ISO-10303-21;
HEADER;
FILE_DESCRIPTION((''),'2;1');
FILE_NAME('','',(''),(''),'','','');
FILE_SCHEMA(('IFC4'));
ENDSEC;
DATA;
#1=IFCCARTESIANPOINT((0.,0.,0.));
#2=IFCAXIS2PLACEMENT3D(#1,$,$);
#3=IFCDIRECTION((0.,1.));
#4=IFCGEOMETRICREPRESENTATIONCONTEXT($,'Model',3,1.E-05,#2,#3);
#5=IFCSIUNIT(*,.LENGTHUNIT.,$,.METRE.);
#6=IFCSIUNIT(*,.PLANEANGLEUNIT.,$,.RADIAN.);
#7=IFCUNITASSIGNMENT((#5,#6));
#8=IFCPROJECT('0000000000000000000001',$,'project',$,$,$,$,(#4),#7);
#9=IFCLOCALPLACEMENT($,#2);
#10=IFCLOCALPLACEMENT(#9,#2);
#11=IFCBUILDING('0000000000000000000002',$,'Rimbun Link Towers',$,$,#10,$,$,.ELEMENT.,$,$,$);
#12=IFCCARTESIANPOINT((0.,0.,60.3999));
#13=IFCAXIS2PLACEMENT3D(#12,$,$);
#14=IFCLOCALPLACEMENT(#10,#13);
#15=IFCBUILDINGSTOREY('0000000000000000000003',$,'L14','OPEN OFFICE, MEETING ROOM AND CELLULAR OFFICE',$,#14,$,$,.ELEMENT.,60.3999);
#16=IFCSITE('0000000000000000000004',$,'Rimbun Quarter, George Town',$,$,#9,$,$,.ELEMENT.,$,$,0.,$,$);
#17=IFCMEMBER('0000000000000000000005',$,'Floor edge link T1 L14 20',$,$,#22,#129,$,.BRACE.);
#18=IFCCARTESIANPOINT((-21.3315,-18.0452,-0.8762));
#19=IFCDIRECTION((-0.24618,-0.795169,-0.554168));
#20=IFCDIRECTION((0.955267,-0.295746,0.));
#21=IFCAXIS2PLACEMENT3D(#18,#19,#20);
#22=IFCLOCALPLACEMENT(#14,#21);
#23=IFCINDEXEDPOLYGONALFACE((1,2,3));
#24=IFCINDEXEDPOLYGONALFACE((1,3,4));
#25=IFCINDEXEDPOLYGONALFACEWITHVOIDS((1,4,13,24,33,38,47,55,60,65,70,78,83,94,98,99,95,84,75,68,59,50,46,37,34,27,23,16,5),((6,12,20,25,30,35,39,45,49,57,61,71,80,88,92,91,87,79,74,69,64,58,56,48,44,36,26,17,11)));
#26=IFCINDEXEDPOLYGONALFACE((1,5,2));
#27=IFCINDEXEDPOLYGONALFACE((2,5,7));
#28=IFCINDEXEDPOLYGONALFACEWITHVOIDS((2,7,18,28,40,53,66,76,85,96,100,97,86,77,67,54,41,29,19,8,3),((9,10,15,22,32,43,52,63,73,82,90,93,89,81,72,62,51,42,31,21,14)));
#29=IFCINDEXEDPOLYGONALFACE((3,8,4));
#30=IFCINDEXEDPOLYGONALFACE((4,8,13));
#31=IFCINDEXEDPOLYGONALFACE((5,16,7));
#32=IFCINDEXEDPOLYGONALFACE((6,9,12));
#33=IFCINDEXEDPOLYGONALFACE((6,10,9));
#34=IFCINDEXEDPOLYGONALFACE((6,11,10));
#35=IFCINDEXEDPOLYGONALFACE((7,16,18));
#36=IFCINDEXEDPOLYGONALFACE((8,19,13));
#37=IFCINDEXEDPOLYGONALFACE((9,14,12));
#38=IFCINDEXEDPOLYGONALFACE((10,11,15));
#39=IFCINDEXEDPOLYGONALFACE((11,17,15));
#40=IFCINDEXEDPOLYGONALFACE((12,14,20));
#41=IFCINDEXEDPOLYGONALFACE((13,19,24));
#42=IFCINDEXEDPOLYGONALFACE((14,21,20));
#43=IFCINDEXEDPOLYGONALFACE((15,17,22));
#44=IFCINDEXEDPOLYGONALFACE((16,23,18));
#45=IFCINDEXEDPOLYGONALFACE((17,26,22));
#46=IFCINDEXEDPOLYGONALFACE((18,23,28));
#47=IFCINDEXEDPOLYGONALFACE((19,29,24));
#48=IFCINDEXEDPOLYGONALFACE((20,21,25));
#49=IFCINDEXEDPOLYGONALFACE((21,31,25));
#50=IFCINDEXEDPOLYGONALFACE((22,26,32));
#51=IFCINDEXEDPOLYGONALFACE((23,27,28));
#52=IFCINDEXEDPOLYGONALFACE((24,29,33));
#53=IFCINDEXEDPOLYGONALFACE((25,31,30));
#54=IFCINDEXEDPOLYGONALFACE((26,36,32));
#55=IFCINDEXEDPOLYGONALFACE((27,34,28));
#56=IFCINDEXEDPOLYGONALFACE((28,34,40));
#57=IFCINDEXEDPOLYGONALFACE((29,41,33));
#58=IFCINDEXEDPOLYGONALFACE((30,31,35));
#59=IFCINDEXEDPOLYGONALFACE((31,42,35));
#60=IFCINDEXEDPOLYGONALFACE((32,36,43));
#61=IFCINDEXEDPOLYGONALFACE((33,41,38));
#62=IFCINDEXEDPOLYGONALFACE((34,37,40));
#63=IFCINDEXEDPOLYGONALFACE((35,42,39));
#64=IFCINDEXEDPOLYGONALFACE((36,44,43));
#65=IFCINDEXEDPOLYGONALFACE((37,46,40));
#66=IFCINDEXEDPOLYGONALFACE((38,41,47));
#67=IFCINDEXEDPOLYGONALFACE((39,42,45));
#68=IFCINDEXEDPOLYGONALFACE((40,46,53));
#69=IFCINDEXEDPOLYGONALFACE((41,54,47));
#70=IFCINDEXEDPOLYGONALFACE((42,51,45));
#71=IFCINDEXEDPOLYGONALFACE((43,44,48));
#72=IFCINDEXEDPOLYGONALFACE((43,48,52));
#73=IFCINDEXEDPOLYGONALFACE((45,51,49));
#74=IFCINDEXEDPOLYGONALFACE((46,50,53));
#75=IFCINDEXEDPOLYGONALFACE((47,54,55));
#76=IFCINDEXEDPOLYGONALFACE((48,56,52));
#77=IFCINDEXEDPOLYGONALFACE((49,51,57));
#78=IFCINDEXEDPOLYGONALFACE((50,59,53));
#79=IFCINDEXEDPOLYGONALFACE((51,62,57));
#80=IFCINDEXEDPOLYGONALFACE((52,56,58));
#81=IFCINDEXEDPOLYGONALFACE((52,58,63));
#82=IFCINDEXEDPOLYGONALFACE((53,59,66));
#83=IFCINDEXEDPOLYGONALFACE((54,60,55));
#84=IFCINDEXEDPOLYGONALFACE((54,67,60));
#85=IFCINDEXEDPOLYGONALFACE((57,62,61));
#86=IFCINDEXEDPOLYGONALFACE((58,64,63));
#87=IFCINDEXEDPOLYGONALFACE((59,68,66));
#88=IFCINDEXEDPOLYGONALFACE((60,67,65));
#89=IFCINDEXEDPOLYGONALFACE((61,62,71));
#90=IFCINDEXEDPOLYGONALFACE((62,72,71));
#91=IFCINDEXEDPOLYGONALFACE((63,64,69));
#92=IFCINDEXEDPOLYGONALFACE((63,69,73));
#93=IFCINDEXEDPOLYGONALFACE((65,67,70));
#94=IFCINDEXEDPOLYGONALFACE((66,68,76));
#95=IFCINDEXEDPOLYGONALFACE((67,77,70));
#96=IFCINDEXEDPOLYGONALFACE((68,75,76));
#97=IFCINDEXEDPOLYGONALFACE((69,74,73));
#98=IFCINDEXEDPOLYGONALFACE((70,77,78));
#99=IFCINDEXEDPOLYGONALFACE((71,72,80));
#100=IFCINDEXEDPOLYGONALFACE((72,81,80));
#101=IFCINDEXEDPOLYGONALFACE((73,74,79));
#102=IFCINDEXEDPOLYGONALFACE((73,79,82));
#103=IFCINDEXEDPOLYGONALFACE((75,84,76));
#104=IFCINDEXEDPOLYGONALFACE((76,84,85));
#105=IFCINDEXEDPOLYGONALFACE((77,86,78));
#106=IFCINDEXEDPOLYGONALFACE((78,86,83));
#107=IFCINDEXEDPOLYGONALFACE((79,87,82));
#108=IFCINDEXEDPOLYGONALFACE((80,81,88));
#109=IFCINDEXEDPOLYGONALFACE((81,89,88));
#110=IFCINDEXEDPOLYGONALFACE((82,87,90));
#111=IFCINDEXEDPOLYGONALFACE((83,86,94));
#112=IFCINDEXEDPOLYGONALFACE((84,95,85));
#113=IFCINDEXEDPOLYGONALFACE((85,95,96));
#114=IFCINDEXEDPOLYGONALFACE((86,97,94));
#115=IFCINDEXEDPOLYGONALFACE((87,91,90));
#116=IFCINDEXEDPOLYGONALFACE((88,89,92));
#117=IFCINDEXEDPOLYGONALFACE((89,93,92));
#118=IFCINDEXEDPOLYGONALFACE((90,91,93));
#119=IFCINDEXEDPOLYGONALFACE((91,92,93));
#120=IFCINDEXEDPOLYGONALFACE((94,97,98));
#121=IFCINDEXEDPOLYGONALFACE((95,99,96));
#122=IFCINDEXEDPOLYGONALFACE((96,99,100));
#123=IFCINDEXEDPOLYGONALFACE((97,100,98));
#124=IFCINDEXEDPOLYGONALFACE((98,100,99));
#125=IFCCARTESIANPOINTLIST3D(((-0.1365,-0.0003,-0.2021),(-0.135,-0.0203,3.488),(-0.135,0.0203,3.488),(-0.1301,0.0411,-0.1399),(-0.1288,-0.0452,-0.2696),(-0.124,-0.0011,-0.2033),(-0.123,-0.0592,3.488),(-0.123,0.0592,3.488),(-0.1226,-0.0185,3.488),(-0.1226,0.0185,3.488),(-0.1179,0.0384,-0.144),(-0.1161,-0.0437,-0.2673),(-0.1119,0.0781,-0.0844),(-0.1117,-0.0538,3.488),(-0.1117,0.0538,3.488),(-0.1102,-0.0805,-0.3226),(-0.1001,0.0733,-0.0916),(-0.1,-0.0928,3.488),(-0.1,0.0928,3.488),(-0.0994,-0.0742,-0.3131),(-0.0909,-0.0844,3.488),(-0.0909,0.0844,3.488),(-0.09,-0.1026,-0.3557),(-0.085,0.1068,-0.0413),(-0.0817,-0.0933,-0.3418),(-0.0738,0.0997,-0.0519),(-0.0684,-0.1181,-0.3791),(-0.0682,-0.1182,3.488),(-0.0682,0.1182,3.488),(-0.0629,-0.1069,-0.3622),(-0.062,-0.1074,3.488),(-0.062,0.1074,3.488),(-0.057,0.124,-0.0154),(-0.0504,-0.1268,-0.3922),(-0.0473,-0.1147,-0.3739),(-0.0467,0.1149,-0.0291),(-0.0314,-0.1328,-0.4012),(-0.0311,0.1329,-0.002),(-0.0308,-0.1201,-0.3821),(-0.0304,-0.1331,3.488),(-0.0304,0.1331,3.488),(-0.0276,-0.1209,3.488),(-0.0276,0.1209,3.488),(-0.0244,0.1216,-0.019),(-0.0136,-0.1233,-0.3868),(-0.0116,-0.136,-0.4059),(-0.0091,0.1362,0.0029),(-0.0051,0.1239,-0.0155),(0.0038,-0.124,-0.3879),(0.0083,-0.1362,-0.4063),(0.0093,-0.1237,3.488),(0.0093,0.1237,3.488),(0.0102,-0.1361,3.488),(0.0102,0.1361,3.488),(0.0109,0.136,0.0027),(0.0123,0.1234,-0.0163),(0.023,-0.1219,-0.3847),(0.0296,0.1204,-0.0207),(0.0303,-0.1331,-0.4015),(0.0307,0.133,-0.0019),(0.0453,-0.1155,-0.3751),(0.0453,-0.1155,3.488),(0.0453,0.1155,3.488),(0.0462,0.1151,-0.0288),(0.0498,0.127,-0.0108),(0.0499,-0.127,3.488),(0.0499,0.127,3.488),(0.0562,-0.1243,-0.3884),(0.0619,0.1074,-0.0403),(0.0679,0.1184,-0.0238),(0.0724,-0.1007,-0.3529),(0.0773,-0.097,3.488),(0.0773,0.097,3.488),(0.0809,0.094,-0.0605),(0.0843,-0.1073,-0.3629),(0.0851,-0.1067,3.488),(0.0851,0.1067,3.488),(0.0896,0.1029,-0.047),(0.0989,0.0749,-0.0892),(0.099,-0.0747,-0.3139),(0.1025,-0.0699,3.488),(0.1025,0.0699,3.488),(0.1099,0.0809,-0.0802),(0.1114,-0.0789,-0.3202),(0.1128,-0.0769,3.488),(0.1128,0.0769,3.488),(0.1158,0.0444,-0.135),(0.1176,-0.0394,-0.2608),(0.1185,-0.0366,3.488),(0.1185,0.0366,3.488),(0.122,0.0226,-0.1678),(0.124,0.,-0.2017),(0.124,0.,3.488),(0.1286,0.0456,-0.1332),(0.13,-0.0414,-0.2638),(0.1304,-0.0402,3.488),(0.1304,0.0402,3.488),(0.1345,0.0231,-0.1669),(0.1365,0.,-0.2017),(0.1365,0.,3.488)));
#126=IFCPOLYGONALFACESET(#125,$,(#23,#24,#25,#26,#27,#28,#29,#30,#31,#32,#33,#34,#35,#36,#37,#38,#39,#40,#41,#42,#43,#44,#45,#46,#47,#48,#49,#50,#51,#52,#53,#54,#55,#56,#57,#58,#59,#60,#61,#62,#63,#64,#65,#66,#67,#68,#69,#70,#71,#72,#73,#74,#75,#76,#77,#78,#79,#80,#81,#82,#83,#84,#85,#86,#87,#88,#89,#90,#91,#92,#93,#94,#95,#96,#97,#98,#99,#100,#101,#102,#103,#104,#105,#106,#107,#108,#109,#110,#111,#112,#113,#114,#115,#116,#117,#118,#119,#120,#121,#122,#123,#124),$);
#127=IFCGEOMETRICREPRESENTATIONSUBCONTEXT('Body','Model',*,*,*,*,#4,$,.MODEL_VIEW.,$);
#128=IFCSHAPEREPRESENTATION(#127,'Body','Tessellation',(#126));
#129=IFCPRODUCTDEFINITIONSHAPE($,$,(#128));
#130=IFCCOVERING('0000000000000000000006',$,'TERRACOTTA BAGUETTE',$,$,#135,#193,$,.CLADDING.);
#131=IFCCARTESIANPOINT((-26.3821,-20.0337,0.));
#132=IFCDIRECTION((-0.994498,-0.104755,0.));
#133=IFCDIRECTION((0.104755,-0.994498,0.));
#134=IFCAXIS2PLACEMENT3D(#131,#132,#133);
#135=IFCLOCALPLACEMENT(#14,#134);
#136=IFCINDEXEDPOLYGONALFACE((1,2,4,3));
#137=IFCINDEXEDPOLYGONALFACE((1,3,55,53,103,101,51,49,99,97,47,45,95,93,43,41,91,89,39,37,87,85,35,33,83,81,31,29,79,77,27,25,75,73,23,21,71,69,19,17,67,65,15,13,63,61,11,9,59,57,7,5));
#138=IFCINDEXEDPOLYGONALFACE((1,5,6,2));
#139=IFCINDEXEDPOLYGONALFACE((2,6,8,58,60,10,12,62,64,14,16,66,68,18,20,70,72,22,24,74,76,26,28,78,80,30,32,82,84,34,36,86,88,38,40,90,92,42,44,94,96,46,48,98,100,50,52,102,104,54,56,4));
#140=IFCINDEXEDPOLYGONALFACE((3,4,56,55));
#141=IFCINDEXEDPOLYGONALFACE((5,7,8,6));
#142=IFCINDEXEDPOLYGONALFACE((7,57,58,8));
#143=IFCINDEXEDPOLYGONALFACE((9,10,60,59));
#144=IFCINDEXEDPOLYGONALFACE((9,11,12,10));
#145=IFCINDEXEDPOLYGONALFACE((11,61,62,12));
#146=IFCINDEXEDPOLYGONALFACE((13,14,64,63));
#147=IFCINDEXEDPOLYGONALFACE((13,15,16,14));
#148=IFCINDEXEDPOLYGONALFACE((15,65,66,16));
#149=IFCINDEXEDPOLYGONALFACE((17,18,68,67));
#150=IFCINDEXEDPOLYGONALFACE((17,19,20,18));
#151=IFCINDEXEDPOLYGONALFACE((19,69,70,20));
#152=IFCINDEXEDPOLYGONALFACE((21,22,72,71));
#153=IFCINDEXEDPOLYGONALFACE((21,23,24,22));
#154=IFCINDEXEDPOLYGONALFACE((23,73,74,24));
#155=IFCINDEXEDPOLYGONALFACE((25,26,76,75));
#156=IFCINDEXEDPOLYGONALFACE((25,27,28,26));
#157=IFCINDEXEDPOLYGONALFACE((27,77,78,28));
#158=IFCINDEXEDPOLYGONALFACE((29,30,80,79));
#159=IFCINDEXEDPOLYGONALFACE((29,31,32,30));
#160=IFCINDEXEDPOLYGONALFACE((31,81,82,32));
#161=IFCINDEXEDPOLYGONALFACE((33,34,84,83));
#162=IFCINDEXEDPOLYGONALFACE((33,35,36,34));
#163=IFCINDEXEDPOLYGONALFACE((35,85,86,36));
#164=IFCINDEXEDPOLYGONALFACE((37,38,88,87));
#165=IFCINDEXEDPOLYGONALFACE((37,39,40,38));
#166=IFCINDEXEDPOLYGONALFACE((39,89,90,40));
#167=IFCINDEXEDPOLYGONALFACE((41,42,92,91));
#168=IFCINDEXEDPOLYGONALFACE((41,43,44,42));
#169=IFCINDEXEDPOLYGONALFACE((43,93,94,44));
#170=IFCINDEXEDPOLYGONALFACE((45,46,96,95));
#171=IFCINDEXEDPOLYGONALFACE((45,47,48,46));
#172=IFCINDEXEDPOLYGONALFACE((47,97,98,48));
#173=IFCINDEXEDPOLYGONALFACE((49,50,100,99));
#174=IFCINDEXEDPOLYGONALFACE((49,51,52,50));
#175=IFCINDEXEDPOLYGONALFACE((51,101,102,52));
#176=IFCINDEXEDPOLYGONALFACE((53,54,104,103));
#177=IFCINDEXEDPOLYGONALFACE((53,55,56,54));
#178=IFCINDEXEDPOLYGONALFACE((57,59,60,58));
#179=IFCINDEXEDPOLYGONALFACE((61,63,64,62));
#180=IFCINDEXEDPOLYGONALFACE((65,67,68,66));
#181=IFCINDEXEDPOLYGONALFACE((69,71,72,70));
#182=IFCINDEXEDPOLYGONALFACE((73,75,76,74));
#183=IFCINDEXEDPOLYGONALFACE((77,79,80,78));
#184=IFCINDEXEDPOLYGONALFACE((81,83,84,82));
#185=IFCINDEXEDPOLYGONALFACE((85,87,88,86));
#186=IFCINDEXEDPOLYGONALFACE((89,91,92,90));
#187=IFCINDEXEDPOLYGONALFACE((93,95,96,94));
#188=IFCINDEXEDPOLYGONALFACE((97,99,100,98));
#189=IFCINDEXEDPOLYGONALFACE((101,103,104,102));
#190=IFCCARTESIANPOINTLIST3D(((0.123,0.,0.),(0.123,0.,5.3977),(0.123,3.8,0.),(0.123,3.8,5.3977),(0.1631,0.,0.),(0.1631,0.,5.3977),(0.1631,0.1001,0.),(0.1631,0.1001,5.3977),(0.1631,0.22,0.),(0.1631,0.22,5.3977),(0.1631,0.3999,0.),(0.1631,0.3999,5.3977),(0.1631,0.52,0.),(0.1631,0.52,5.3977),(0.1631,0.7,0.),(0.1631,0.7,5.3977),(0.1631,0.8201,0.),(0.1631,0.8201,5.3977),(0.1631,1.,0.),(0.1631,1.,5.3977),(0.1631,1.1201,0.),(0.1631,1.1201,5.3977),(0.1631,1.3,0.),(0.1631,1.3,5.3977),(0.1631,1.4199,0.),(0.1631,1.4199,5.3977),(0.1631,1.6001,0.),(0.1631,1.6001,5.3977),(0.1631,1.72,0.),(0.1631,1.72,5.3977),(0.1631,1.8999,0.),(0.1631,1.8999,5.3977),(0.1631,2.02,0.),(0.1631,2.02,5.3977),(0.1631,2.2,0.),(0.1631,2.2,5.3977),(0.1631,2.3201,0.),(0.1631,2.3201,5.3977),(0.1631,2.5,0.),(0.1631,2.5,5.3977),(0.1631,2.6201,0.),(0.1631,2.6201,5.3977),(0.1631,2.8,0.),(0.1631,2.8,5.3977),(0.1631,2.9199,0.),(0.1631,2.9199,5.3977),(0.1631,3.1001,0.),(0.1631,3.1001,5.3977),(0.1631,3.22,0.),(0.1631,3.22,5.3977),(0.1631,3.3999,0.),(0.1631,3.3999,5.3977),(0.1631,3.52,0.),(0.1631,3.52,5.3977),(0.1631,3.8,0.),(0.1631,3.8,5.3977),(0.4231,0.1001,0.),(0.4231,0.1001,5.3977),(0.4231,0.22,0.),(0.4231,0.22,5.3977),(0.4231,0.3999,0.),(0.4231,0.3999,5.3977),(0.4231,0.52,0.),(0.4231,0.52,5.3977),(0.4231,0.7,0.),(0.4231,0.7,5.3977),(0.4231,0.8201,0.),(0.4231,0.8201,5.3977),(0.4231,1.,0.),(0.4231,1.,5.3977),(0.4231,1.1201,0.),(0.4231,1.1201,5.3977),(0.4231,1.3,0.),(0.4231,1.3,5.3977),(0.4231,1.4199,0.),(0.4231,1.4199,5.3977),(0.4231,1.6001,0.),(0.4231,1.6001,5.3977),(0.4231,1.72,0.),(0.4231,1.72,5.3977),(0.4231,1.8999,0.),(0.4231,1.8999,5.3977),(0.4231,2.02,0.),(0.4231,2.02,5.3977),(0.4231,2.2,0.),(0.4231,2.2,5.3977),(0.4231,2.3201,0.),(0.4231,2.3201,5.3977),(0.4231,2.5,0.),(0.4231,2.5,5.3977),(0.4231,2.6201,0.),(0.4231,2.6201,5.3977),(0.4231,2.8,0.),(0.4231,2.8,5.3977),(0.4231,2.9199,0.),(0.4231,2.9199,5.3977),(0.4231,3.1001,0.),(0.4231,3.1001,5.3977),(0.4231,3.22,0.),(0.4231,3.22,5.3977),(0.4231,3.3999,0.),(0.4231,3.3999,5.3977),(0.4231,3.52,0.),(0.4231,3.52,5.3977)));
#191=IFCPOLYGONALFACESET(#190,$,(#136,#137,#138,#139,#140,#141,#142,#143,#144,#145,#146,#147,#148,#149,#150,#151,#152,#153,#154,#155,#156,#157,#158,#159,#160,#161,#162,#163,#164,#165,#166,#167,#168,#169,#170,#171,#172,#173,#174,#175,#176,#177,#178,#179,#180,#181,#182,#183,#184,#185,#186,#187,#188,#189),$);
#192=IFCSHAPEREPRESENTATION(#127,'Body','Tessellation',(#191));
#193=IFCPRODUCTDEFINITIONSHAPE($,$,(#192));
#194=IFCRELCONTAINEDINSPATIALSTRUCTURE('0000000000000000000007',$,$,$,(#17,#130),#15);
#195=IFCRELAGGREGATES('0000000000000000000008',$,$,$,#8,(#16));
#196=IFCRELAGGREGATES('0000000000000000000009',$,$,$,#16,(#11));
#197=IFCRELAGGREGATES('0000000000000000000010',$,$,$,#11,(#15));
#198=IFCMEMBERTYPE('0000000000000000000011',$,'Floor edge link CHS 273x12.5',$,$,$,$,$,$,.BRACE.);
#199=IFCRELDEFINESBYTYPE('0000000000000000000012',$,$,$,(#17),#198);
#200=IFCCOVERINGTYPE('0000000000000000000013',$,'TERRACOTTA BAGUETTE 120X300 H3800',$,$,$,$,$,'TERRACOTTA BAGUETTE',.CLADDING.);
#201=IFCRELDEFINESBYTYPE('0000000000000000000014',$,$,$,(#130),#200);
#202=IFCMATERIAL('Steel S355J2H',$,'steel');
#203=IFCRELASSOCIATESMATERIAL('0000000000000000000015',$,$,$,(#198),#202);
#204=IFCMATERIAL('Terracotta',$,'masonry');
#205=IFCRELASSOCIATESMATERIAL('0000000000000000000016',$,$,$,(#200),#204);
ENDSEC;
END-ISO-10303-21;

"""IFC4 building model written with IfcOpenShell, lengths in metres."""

from ifc_helpers import new_model, si_unit, direction, frame, origin, origin_2d, place, context, subcontext, project, spatial, polyline, hollow_circle, outline, extrude, clip, halfspace, material, material_profile, profile_set, type_object, element, save


model = new_model("IFC4")

# Units and contexts
model_context = context("Model", 3, precision=1e-05, world=origin(), true_north=direction((0.0, 1.0)))
body_context = subcontext(model_context, "Body", "Model", "MODEL_VIEW")
ifc_project = project(units=[si_unit("LENGTHUNIT", "METRE"), si_unit("PLANEANGLEUNIT", "RADIAN")], contexts=[model_context])

# Site, building, storey
site_placement = place(None, origin())
site = spatial("IfcSite", under=ifc_project, at=site_placement, Name="Rimbun Quarter, George Town", CompositionType="ELEMENT", RefElevation=0.0)
building_placement = place(site_placement, origin())
building = spatial("IfcBuilding", under=site, at=building_placement, Name="Rimbun Link Towers", CompositionType="ELEMENT")
storey_placement = place(building_placement, frame((0.0, 0.0, 60.3999)))
storey = spatial("IfcBuildingStorey", under=building, at=storey_placement, Name="L14", Description="OPEN OFFICE, MEETING ROOM AND CELLULAR OFFICE", CompositionType="ELEMENT", Elevation=60.3999)

# Member
ifc_material_1 = material(Name="Steel S355J2H", Category="steel")
ifc_material_profile_1 = material_profile(ifc_material_1, hollow_circle(Radius=0.1365, WallThickness=0.0125, at=origin_2d()), Name="CHS 273x12.5")
ifc_profile_set_1 = profile_set([ifc_material_profile_1], Name="Steel S355J2H")
member_type_1 = type_object("IfcMemberType", Name="Floor edge link CHS 273x12.5", PredefinedType="BRACE", material=ifc_profile_set_1)
member_1_placement = place(storey_placement, frame((-21.3315, -18.0452, -0.8762), z_axis=(-0.24618, -0.795169, -0.554168), x_axis=(0.955267, -0.295746, 0.0)))
element("IfcMember", 1, at=member_1_placement, inside=storey, type_object=member_type_1, Name="Floor edge link T1 L14 20", PredefinedType="BRACE", context=body_context, shape_type="Clipping", body=[
    clip(extrude(hollow_circle(Radius=0.1365, WallThickness=0.0125, at=origin_2d()), frame((0.0, 0.0, -0.428)), (0.0, 0.0, 1.0), 3.916), halfspace(frame((0.0, 0.0, -0.2017), z_axis=(0.0, 0.832405, -0.554168)), False)),
])

# Covering
ifc_material_2 = material(Name="Terracotta", Category="masonry")
ifc_material_profile_2 = material_profile(ifc_material_2, outline(polyline([(0.123, 0.0), (0.1631, 0.0), (0.1631, 0.1001), (0.4231, 0.1001), (0.4231, 0.22), (0.1631, 0.22), (0.1631, 0.3999), (0.4231, 0.3999), (0.4231, 0.52), (0.1631, 0.52), (0.1631, 0.7), (0.4231, 0.7), (0.4231, 0.8201), (0.1631, 0.8201), (0.1631, 1.0), (0.4231, 1.0), (0.4231, 1.1201), (0.1631, 1.1201), (0.1631, 1.3), (0.4231, 1.3), (0.4231, 1.4199), (0.1631, 1.4199), (0.1631, 1.6001), (0.4231, 1.6001), (0.4231, 1.72), (0.1631, 1.72), (0.1631, 1.8999), (0.4231, 1.8999), (0.4231, 2.02), (0.1631, 2.02), (0.1631, 2.2), (0.4231, 2.2), (0.4231, 2.3201), (0.1631, 2.3201), (0.1631, 2.5), (0.4231, 2.5), (0.4231, 2.6201), (0.1631, 2.6201), (0.1631, 2.8), (0.4231, 2.8), (0.4231, 2.9199), (0.1631, 2.9199), (0.1631, 3.1001), (0.4231, 3.1001), (0.4231, 3.22), (0.1631, 3.22), (0.1631, 3.3999), (0.4231, 3.3999), (0.4231, 3.52), (0.1631, 3.52), (0.1631, 3.8), (0.123, 3.8), (0.123, 0.0)])), Name="BAGUETTE 120X300")
ifc_profile_set_2 = profile_set([ifc_material_profile_2], Name="Terracotta")
covering_type = type_object("IfcCoveringType", Name="TERRACOTTA BAGUETTE 120X300 H3800", ElementType="TERRACOTTA BAGUETTE", PredefinedType="CLADDING", material=ifc_profile_set_2)
covering_1_placement = place(storey_placement, frame((-26.3821, -20.0337, 0.0), z_axis=(-0.994498, -0.104755, 0.0), x_axis=(0.104755, -0.994498, 0.0)))
element("IfcCovering", 2, at=covering_1_placement, inside=storey, type_object=covering_type, Name="TERRACOTTA BAGUETTE", PredefinedType="CLADDING", context=body_context, shape_type="SweptSolid", body=[
    extrude(outline(polyline([(0.123, 0.0), (0.1631, 0.0), (0.1631, 0.1001), (0.4231, 0.1001), (0.4231, 0.22), (0.1631, 0.22), (0.1631, 0.3999), (0.4231, 0.3999), (0.4231, 0.52), (0.1631, 0.52), (0.1631, 0.7), (0.4231, 0.7), (0.4231, 0.8201), (0.1631, 0.8201), (0.1631, 1.0), (0.4231, 1.0), (0.4231, 1.1201), (0.1631, 1.1201), (0.1631, 1.3), (0.4231, 1.3), (0.4231, 1.4199), (0.1631, 1.4199), (0.1631, 1.6001), (0.4231, 1.6001), (0.4231, 1.72), (0.1631, 1.72), (0.1631, 1.8999), (0.4231, 1.8999), (0.4231, 2.02), (0.1631, 2.02), (0.1631, 2.2), (0.4231, 2.2), (0.4231, 2.3201), (0.1631, 2.3201), (0.1631, 2.5), (0.4231, 2.5), (0.4231, 2.6201), (0.1631, 2.6201), (0.1631, 2.8), (0.4231, 2.8), (0.4231, 2.9199), (0.1631, 2.9199), (0.1631, 3.1001), (0.4231, 3.1001), (0.4231, 3.22), (0.1631, 3.22), (0.1631, 3.3999), (0.4231, 3.3999), (0.4231, 3.52), (0.1631, 3.52), (0.1631, 3.8), (0.123, 3.8), (0.123, 0.0)])), origin(), (0.0, 0.0, 1.0), 5.3977),
])

save(model, "model.ifc")
